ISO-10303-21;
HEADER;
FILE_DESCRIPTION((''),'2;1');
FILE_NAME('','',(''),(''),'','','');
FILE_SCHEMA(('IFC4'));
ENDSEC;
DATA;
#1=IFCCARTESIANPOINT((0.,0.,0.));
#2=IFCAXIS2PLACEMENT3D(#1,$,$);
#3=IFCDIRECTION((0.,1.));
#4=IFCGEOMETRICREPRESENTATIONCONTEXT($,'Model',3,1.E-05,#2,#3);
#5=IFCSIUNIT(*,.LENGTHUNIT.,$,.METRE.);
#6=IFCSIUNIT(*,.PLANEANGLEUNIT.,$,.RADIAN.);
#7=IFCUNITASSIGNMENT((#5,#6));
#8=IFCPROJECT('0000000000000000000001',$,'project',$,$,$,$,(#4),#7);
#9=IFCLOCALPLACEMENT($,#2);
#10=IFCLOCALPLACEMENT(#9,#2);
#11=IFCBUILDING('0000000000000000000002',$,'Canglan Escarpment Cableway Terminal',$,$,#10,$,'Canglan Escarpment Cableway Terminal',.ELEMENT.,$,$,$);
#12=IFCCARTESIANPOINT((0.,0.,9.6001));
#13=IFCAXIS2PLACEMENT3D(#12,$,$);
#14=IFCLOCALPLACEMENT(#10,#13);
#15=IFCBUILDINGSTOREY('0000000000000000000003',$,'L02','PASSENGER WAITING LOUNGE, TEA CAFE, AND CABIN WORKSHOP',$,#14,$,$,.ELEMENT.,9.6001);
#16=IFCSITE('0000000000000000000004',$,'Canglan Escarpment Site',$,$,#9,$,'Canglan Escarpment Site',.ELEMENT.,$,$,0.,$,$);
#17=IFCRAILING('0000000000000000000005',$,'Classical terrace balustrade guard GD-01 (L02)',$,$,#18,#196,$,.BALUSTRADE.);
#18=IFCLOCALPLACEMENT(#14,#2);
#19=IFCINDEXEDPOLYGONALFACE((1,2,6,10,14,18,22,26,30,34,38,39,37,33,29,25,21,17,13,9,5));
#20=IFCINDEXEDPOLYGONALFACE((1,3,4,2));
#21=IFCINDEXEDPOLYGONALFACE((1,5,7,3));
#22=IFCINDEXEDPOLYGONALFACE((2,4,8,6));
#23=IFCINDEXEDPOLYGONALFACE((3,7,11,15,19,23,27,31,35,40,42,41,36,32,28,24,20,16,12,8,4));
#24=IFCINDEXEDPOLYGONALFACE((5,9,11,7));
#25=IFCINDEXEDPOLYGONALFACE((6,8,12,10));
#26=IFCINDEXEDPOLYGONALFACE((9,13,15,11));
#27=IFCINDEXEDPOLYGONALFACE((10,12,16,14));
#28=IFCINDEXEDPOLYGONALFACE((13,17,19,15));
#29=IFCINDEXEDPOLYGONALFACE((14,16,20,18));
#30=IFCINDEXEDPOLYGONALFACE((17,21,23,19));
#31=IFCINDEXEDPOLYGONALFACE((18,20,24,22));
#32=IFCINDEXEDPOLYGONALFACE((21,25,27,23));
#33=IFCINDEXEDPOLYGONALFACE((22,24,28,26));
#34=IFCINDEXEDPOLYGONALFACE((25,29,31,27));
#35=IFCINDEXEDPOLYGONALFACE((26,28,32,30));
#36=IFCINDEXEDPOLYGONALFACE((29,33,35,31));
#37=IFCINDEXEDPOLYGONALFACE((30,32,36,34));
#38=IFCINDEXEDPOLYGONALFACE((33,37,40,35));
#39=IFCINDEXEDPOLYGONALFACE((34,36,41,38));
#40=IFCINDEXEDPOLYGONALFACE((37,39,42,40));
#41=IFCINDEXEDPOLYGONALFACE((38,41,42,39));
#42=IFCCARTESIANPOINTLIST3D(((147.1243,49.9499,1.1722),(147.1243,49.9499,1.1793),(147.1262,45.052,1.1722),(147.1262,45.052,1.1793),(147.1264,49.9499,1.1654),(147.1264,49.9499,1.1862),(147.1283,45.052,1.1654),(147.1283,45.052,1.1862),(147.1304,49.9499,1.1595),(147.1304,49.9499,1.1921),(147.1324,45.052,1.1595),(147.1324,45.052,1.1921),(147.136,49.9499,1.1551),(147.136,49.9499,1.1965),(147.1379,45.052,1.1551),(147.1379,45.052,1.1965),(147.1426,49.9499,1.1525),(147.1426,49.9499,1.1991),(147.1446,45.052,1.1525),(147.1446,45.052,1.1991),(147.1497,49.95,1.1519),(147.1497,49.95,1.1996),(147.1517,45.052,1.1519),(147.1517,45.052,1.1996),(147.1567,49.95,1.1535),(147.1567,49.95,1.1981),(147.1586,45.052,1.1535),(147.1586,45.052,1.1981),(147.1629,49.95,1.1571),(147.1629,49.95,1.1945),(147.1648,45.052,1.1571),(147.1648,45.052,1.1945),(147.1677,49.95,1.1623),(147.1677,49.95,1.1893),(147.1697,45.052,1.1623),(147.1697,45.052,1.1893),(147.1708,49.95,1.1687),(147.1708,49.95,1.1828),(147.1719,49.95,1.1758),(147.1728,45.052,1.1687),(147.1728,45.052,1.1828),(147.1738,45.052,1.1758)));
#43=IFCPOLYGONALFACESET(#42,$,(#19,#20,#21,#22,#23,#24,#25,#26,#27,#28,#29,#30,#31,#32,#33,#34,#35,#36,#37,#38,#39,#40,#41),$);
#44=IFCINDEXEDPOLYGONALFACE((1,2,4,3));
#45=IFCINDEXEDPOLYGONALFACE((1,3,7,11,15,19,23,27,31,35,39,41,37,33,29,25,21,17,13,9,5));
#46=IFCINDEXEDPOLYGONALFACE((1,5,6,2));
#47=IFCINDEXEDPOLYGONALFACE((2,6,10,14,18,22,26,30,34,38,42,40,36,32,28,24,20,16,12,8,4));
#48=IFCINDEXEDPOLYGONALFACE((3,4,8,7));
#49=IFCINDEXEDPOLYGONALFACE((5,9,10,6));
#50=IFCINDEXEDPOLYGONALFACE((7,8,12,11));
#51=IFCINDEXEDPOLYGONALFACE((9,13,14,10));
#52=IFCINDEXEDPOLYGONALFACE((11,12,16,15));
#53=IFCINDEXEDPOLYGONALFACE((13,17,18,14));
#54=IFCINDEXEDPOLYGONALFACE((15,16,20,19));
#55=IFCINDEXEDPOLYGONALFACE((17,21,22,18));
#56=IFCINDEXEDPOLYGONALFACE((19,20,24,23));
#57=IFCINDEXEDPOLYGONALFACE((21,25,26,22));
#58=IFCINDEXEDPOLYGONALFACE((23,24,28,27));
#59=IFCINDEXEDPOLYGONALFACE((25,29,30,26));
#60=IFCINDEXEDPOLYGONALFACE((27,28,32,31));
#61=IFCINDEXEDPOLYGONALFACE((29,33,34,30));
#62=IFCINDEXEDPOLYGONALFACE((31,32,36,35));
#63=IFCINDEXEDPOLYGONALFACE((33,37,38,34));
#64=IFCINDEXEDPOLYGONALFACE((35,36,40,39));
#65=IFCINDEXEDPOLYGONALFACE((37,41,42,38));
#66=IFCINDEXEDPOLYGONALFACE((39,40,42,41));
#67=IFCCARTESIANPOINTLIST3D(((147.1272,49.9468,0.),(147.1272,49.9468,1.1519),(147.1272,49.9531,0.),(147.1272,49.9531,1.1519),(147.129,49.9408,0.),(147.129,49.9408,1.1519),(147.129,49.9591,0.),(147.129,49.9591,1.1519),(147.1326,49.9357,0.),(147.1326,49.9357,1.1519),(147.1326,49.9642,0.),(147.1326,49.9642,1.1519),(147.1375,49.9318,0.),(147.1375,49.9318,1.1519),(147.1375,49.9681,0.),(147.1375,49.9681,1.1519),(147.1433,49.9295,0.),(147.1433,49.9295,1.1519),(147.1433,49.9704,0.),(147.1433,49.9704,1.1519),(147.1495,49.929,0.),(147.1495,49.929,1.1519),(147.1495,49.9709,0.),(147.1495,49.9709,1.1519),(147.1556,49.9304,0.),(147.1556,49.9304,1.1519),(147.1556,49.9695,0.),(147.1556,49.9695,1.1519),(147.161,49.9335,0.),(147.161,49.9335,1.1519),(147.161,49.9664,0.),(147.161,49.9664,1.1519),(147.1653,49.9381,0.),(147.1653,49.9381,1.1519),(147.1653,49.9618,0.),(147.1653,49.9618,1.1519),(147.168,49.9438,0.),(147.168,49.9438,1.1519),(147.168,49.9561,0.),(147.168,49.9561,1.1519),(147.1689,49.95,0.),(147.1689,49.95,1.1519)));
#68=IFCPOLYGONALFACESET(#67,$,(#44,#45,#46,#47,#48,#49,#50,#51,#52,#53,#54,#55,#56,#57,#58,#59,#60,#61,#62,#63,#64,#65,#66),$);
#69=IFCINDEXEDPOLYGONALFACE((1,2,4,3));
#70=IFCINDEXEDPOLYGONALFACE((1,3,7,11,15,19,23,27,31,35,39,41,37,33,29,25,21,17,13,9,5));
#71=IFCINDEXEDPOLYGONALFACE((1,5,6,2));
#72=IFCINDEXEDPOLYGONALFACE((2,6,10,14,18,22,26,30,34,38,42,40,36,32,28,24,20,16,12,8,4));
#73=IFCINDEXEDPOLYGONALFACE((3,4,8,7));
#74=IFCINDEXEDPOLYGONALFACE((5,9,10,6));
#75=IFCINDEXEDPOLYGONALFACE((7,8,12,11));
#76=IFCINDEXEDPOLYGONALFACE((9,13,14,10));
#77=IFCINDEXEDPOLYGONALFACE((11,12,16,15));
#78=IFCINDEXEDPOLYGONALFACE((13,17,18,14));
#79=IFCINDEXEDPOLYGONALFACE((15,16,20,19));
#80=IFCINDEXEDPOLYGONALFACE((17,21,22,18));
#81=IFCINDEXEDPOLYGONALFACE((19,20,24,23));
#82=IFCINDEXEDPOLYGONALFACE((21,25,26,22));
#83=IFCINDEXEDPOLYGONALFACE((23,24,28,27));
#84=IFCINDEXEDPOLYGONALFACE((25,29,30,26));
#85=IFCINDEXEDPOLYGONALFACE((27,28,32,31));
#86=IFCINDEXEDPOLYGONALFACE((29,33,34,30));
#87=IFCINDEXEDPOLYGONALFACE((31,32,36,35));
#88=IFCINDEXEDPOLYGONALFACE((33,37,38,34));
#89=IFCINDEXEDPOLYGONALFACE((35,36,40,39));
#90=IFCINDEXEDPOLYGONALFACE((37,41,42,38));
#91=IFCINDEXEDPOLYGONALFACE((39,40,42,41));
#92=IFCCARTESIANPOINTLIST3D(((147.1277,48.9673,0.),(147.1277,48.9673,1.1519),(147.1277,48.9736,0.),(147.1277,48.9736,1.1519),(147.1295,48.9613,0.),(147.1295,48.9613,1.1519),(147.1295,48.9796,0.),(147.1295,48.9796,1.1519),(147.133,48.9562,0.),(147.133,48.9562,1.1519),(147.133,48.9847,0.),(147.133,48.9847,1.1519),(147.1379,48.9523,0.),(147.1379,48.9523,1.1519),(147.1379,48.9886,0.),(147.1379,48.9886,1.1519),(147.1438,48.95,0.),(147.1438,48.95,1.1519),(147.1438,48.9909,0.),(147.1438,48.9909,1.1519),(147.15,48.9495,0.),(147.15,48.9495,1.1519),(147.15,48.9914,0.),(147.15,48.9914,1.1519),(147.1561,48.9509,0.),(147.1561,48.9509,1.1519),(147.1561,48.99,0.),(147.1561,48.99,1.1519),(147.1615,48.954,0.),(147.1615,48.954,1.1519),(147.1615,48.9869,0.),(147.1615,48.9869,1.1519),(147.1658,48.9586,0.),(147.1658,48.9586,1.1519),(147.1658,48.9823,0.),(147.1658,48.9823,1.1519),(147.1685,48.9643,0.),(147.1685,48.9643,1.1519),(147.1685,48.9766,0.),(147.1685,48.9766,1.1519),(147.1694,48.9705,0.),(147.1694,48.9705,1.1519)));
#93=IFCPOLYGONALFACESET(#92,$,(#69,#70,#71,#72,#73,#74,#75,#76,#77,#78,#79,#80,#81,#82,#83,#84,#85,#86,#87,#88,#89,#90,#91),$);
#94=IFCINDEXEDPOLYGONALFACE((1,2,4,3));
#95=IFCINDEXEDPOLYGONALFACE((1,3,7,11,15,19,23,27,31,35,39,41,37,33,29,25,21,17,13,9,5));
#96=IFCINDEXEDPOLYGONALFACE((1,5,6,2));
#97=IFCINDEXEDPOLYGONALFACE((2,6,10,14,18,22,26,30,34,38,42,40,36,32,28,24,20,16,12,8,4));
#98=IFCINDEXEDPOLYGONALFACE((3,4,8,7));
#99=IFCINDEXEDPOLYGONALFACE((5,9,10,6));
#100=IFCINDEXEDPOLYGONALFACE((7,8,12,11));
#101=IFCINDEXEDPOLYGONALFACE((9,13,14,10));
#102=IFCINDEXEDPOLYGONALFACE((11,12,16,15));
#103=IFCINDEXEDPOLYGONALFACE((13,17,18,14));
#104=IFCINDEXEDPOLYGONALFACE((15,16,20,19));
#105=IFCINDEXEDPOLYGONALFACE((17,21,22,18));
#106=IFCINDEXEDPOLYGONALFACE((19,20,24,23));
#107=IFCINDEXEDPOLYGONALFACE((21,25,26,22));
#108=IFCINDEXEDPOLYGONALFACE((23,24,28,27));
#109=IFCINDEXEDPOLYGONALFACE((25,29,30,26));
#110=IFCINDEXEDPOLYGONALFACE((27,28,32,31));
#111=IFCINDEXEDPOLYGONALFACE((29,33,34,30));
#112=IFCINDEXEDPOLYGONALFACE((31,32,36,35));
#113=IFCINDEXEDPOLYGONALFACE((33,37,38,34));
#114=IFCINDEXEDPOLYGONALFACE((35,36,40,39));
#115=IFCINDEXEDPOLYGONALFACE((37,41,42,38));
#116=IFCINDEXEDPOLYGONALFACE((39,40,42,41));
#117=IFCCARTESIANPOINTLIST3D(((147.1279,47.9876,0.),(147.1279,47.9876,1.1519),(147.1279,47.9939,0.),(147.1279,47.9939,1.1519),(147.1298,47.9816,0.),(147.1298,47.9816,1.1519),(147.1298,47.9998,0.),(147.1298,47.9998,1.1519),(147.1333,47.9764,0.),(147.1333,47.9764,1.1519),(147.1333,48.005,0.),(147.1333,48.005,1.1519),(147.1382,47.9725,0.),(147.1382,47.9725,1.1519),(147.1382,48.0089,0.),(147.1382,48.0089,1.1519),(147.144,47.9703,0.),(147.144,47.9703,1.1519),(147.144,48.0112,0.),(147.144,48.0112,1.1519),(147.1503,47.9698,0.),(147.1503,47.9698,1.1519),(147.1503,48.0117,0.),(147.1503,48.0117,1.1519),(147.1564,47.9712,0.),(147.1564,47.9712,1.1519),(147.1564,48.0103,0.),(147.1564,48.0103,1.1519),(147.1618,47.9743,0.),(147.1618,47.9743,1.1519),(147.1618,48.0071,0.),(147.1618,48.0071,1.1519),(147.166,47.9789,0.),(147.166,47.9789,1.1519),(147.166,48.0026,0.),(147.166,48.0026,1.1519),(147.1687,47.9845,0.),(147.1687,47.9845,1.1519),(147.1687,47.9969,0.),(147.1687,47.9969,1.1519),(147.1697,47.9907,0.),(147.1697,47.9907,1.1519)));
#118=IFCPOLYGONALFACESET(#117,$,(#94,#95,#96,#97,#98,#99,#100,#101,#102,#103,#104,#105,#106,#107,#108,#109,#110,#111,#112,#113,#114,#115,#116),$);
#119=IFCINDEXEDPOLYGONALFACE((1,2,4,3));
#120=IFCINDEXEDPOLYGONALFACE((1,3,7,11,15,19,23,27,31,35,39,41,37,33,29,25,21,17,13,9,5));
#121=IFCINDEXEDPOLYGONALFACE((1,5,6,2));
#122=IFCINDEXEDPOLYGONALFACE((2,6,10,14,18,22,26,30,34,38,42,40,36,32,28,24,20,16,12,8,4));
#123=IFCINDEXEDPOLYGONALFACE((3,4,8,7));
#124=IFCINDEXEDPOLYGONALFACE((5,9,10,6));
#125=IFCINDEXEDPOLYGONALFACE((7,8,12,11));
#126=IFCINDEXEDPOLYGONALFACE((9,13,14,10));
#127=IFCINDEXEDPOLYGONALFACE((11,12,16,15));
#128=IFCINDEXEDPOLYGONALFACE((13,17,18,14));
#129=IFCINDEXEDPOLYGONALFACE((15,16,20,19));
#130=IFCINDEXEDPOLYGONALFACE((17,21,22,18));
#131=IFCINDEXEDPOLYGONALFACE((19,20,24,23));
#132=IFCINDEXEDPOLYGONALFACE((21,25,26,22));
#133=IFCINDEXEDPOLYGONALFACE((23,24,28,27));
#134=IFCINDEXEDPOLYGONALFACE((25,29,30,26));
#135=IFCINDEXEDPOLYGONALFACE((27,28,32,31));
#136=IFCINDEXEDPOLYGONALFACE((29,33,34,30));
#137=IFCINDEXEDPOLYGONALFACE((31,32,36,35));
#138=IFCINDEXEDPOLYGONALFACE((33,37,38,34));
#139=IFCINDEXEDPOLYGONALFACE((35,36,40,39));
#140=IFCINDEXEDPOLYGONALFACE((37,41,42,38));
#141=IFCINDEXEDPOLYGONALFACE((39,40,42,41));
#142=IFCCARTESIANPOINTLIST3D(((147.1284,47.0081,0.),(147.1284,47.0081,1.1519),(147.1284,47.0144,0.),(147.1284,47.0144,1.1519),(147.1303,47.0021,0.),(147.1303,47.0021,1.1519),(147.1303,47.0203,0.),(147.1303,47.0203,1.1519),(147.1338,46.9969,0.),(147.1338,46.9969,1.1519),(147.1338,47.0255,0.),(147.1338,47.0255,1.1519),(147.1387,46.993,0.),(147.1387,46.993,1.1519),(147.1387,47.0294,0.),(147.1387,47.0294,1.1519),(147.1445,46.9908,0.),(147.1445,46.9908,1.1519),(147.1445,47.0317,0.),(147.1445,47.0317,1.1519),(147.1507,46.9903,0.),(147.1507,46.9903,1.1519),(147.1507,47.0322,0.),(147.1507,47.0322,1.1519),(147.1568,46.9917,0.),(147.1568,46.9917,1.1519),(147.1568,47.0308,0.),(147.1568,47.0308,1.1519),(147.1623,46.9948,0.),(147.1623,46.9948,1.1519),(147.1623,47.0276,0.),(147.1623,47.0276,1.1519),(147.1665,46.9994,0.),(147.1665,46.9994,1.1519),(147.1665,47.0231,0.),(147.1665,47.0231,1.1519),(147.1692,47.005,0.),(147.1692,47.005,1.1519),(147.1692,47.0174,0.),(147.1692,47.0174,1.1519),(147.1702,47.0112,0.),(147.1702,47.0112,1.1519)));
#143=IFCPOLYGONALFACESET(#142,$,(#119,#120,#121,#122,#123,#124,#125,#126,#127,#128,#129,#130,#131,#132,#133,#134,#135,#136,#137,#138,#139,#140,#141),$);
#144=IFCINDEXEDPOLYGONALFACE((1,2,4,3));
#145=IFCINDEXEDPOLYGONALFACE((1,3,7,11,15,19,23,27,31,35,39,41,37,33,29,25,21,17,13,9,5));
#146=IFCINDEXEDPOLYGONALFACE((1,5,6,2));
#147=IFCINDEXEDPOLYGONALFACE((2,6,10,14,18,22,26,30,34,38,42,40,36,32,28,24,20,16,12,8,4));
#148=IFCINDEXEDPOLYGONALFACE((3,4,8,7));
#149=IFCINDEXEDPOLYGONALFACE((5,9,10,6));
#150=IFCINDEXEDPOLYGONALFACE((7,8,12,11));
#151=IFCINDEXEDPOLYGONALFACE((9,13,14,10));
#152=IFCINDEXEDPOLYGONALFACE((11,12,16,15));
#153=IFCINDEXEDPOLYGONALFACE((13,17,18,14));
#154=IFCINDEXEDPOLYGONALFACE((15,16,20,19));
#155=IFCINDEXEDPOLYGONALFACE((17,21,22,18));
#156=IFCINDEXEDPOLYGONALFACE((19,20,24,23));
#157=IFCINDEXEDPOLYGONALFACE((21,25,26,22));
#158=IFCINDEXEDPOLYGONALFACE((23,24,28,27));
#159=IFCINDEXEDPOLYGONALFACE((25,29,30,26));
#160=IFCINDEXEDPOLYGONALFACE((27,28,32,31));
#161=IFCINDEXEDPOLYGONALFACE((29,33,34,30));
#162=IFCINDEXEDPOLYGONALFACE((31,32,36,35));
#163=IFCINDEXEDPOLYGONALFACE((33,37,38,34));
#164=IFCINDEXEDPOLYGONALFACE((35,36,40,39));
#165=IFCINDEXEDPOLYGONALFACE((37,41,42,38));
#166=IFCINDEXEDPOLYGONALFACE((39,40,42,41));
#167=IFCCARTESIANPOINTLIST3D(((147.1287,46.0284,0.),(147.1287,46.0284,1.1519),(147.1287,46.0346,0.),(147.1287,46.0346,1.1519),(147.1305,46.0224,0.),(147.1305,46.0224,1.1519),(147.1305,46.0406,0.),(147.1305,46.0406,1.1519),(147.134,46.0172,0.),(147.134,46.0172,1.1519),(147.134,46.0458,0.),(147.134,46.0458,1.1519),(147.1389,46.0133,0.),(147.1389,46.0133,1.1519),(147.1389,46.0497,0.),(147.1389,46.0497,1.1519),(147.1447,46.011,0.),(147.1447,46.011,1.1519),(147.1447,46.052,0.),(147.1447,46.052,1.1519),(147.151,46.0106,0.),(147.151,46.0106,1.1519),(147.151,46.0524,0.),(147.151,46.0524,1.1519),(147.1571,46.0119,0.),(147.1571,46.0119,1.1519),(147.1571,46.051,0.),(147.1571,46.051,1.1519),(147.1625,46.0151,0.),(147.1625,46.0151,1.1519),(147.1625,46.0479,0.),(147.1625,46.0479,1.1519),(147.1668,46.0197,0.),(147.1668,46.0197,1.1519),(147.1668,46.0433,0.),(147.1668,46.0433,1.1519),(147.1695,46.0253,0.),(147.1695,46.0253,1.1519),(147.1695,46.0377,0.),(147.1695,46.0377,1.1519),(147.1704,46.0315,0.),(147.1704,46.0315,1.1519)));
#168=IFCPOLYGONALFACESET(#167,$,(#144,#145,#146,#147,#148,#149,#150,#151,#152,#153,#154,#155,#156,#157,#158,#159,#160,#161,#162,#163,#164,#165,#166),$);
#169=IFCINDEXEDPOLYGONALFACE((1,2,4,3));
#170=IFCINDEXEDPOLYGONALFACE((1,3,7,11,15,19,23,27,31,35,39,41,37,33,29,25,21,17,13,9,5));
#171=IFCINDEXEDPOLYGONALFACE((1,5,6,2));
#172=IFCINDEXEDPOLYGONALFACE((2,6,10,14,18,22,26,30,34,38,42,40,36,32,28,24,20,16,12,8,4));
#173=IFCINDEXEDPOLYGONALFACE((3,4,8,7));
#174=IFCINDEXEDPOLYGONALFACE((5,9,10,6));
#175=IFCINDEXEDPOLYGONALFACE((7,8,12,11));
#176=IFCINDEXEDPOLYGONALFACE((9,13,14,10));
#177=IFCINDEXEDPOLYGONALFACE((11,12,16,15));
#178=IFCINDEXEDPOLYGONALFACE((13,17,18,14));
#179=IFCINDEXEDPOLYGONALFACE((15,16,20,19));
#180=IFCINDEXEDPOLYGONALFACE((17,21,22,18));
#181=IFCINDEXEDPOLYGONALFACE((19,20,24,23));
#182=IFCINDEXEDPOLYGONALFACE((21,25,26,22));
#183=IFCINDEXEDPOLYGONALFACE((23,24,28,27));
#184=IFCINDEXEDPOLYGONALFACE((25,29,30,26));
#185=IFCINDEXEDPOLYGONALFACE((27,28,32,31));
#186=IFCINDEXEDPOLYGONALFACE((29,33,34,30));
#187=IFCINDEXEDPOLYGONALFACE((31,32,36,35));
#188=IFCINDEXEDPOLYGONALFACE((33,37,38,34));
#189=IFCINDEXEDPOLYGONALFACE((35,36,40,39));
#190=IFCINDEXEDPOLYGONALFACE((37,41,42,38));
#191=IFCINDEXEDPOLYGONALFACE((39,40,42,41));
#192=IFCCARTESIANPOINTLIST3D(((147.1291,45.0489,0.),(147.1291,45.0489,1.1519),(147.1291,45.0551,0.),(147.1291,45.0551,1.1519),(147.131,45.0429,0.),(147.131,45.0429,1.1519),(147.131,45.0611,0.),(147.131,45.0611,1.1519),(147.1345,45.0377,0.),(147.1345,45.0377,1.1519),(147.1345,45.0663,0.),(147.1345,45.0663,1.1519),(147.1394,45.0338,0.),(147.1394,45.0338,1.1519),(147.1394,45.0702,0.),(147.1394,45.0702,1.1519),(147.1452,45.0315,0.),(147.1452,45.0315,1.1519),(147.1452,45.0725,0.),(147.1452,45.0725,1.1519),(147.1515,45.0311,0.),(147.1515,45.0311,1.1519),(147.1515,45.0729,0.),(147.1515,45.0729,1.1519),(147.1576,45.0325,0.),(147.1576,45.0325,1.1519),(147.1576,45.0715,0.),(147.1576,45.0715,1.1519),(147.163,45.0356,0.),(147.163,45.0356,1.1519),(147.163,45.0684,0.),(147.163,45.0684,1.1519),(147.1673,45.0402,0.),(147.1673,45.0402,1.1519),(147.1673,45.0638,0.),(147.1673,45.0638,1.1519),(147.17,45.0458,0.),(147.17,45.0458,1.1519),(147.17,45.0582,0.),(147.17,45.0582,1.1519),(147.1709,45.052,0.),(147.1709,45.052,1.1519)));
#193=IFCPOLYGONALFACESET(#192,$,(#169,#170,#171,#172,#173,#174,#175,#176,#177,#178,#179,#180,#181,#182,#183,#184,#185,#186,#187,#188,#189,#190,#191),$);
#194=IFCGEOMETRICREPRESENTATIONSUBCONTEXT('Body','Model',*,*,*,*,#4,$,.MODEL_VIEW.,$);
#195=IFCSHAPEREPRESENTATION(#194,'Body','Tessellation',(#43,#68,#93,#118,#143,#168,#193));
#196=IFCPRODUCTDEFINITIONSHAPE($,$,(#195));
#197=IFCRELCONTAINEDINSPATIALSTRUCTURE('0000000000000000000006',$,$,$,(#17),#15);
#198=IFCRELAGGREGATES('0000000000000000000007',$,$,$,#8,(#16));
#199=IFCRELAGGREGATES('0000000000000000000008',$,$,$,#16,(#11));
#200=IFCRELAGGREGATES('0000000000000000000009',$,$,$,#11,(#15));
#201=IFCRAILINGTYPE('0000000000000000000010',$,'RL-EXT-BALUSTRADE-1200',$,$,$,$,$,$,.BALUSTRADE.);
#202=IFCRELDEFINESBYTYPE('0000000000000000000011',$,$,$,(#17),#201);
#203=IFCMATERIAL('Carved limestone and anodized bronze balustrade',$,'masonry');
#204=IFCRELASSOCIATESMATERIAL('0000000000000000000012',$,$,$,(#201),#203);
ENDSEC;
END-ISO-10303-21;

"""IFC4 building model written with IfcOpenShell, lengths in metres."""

from ifc_helpers import new_model, si_unit, direction, frame, origin, origin_2d, place, context, subcontext, project, spatial, circle, extrude, material, type_object, element, save


model = new_model("IFC4")

# Units and contexts
model_context = context("Model", 3, precision=1e-05, world=origin(), true_north=direction((0.0, 1.0)))
body_context = subcontext(model_context, "Body", "Model", "MODEL_VIEW")
ifc_project = project(units=[si_unit("LENGTHUNIT", "METRE"), si_unit("PLANEANGLEUNIT", "RADIAN")], contexts=[model_context])

# Site, building, storey
site_placement = place(None, origin())
site = spatial("IfcSite", under=ifc_project, at=site_placement, Name="Canglan Escarpment Site", LongName="Canglan Escarpment Site", CompositionType="ELEMENT", RefElevation=0.0)
building_placement = place(site_placement, origin())
building = spatial("IfcBuilding", under=site, at=building_placement, Name="Canglan Escarpment Cableway Terminal", LongName="Canglan Escarpment Cableway Terminal", CompositionType="ELEMENT")
storey_placement = place(building_placement, frame((0.0, 0.0, 9.6001)))
storey = spatial("IfcBuildingStorey", under=building, at=storey_placement, Name="L02", Description="PASSENGER WAITING LOUNGE, TEA CAFE, AND CABIN WORKSHOP", CompositionType="ELEMENT", Elevation=9.6001)

# Railing
ifc_material_1 = material(Name="Carved limestone and anodized bronze balustrade", Category="masonry")
railing_type = type_object("IfcRailingType", Name="RL-EXT-BALUSTRADE-1200", PredefinedType="BALUSTRADE", material=ifc_material_1)
railing_1_placement = place(storey_placement, frame((147.1479, 49.95, 0.0)))
element("IfcRailing", 1, at=railing_1_placement, inside=storey, type_object=railing_type, Name="Classical terrace balustrade guard GD-01 (L02)", PredefinedType="BALUSTRADE", context=body_context, shape_type="SweptSolid", body=[
    extrude(circle(Radius=0.0239, at=origin_2d()), frame((0.0, 0.0, 1.1758), z_axis=(0.000399, -1.0, 0.0), x_axis=(1.0, 0.000399, 0.0)), (0.0, 0.0, 1.0), 4.8979),
    extrude(circle(Radius=0.021, at=origin_2d()), origin(), (0.0, 0.0, 1.0), 1.1519),
    extrude(circle(Radius=0.021, at=origin_2d()), frame((0.0005, -0.9795, 0.0)), (0.0, 0.0, 1.0), 1.1519),
    extrude(circle(Radius=0.021, at=origin_2d()), frame((0.0007, -1.9592, 0.0)), (0.0, 0.0, 1.0), 1.1519),
    extrude(circle(Radius=0.021, at=origin_2d()), frame((0.0012, -2.9387, 0.0)), (0.0, 0.0, 1.0), 1.1519),
    extrude(circle(Radius=0.021, at=origin_2d()), frame((0.0015, -3.9185, 0.0)), (0.0, 0.0, 1.0), 1.1519),
    extrude(circle(Radius=0.021, at=origin_2d()), frame((0.002, -4.8979, 0.0)), (0.0, 0.0, 1.0), 1.1519),
])

save(model, "model.ifc")
